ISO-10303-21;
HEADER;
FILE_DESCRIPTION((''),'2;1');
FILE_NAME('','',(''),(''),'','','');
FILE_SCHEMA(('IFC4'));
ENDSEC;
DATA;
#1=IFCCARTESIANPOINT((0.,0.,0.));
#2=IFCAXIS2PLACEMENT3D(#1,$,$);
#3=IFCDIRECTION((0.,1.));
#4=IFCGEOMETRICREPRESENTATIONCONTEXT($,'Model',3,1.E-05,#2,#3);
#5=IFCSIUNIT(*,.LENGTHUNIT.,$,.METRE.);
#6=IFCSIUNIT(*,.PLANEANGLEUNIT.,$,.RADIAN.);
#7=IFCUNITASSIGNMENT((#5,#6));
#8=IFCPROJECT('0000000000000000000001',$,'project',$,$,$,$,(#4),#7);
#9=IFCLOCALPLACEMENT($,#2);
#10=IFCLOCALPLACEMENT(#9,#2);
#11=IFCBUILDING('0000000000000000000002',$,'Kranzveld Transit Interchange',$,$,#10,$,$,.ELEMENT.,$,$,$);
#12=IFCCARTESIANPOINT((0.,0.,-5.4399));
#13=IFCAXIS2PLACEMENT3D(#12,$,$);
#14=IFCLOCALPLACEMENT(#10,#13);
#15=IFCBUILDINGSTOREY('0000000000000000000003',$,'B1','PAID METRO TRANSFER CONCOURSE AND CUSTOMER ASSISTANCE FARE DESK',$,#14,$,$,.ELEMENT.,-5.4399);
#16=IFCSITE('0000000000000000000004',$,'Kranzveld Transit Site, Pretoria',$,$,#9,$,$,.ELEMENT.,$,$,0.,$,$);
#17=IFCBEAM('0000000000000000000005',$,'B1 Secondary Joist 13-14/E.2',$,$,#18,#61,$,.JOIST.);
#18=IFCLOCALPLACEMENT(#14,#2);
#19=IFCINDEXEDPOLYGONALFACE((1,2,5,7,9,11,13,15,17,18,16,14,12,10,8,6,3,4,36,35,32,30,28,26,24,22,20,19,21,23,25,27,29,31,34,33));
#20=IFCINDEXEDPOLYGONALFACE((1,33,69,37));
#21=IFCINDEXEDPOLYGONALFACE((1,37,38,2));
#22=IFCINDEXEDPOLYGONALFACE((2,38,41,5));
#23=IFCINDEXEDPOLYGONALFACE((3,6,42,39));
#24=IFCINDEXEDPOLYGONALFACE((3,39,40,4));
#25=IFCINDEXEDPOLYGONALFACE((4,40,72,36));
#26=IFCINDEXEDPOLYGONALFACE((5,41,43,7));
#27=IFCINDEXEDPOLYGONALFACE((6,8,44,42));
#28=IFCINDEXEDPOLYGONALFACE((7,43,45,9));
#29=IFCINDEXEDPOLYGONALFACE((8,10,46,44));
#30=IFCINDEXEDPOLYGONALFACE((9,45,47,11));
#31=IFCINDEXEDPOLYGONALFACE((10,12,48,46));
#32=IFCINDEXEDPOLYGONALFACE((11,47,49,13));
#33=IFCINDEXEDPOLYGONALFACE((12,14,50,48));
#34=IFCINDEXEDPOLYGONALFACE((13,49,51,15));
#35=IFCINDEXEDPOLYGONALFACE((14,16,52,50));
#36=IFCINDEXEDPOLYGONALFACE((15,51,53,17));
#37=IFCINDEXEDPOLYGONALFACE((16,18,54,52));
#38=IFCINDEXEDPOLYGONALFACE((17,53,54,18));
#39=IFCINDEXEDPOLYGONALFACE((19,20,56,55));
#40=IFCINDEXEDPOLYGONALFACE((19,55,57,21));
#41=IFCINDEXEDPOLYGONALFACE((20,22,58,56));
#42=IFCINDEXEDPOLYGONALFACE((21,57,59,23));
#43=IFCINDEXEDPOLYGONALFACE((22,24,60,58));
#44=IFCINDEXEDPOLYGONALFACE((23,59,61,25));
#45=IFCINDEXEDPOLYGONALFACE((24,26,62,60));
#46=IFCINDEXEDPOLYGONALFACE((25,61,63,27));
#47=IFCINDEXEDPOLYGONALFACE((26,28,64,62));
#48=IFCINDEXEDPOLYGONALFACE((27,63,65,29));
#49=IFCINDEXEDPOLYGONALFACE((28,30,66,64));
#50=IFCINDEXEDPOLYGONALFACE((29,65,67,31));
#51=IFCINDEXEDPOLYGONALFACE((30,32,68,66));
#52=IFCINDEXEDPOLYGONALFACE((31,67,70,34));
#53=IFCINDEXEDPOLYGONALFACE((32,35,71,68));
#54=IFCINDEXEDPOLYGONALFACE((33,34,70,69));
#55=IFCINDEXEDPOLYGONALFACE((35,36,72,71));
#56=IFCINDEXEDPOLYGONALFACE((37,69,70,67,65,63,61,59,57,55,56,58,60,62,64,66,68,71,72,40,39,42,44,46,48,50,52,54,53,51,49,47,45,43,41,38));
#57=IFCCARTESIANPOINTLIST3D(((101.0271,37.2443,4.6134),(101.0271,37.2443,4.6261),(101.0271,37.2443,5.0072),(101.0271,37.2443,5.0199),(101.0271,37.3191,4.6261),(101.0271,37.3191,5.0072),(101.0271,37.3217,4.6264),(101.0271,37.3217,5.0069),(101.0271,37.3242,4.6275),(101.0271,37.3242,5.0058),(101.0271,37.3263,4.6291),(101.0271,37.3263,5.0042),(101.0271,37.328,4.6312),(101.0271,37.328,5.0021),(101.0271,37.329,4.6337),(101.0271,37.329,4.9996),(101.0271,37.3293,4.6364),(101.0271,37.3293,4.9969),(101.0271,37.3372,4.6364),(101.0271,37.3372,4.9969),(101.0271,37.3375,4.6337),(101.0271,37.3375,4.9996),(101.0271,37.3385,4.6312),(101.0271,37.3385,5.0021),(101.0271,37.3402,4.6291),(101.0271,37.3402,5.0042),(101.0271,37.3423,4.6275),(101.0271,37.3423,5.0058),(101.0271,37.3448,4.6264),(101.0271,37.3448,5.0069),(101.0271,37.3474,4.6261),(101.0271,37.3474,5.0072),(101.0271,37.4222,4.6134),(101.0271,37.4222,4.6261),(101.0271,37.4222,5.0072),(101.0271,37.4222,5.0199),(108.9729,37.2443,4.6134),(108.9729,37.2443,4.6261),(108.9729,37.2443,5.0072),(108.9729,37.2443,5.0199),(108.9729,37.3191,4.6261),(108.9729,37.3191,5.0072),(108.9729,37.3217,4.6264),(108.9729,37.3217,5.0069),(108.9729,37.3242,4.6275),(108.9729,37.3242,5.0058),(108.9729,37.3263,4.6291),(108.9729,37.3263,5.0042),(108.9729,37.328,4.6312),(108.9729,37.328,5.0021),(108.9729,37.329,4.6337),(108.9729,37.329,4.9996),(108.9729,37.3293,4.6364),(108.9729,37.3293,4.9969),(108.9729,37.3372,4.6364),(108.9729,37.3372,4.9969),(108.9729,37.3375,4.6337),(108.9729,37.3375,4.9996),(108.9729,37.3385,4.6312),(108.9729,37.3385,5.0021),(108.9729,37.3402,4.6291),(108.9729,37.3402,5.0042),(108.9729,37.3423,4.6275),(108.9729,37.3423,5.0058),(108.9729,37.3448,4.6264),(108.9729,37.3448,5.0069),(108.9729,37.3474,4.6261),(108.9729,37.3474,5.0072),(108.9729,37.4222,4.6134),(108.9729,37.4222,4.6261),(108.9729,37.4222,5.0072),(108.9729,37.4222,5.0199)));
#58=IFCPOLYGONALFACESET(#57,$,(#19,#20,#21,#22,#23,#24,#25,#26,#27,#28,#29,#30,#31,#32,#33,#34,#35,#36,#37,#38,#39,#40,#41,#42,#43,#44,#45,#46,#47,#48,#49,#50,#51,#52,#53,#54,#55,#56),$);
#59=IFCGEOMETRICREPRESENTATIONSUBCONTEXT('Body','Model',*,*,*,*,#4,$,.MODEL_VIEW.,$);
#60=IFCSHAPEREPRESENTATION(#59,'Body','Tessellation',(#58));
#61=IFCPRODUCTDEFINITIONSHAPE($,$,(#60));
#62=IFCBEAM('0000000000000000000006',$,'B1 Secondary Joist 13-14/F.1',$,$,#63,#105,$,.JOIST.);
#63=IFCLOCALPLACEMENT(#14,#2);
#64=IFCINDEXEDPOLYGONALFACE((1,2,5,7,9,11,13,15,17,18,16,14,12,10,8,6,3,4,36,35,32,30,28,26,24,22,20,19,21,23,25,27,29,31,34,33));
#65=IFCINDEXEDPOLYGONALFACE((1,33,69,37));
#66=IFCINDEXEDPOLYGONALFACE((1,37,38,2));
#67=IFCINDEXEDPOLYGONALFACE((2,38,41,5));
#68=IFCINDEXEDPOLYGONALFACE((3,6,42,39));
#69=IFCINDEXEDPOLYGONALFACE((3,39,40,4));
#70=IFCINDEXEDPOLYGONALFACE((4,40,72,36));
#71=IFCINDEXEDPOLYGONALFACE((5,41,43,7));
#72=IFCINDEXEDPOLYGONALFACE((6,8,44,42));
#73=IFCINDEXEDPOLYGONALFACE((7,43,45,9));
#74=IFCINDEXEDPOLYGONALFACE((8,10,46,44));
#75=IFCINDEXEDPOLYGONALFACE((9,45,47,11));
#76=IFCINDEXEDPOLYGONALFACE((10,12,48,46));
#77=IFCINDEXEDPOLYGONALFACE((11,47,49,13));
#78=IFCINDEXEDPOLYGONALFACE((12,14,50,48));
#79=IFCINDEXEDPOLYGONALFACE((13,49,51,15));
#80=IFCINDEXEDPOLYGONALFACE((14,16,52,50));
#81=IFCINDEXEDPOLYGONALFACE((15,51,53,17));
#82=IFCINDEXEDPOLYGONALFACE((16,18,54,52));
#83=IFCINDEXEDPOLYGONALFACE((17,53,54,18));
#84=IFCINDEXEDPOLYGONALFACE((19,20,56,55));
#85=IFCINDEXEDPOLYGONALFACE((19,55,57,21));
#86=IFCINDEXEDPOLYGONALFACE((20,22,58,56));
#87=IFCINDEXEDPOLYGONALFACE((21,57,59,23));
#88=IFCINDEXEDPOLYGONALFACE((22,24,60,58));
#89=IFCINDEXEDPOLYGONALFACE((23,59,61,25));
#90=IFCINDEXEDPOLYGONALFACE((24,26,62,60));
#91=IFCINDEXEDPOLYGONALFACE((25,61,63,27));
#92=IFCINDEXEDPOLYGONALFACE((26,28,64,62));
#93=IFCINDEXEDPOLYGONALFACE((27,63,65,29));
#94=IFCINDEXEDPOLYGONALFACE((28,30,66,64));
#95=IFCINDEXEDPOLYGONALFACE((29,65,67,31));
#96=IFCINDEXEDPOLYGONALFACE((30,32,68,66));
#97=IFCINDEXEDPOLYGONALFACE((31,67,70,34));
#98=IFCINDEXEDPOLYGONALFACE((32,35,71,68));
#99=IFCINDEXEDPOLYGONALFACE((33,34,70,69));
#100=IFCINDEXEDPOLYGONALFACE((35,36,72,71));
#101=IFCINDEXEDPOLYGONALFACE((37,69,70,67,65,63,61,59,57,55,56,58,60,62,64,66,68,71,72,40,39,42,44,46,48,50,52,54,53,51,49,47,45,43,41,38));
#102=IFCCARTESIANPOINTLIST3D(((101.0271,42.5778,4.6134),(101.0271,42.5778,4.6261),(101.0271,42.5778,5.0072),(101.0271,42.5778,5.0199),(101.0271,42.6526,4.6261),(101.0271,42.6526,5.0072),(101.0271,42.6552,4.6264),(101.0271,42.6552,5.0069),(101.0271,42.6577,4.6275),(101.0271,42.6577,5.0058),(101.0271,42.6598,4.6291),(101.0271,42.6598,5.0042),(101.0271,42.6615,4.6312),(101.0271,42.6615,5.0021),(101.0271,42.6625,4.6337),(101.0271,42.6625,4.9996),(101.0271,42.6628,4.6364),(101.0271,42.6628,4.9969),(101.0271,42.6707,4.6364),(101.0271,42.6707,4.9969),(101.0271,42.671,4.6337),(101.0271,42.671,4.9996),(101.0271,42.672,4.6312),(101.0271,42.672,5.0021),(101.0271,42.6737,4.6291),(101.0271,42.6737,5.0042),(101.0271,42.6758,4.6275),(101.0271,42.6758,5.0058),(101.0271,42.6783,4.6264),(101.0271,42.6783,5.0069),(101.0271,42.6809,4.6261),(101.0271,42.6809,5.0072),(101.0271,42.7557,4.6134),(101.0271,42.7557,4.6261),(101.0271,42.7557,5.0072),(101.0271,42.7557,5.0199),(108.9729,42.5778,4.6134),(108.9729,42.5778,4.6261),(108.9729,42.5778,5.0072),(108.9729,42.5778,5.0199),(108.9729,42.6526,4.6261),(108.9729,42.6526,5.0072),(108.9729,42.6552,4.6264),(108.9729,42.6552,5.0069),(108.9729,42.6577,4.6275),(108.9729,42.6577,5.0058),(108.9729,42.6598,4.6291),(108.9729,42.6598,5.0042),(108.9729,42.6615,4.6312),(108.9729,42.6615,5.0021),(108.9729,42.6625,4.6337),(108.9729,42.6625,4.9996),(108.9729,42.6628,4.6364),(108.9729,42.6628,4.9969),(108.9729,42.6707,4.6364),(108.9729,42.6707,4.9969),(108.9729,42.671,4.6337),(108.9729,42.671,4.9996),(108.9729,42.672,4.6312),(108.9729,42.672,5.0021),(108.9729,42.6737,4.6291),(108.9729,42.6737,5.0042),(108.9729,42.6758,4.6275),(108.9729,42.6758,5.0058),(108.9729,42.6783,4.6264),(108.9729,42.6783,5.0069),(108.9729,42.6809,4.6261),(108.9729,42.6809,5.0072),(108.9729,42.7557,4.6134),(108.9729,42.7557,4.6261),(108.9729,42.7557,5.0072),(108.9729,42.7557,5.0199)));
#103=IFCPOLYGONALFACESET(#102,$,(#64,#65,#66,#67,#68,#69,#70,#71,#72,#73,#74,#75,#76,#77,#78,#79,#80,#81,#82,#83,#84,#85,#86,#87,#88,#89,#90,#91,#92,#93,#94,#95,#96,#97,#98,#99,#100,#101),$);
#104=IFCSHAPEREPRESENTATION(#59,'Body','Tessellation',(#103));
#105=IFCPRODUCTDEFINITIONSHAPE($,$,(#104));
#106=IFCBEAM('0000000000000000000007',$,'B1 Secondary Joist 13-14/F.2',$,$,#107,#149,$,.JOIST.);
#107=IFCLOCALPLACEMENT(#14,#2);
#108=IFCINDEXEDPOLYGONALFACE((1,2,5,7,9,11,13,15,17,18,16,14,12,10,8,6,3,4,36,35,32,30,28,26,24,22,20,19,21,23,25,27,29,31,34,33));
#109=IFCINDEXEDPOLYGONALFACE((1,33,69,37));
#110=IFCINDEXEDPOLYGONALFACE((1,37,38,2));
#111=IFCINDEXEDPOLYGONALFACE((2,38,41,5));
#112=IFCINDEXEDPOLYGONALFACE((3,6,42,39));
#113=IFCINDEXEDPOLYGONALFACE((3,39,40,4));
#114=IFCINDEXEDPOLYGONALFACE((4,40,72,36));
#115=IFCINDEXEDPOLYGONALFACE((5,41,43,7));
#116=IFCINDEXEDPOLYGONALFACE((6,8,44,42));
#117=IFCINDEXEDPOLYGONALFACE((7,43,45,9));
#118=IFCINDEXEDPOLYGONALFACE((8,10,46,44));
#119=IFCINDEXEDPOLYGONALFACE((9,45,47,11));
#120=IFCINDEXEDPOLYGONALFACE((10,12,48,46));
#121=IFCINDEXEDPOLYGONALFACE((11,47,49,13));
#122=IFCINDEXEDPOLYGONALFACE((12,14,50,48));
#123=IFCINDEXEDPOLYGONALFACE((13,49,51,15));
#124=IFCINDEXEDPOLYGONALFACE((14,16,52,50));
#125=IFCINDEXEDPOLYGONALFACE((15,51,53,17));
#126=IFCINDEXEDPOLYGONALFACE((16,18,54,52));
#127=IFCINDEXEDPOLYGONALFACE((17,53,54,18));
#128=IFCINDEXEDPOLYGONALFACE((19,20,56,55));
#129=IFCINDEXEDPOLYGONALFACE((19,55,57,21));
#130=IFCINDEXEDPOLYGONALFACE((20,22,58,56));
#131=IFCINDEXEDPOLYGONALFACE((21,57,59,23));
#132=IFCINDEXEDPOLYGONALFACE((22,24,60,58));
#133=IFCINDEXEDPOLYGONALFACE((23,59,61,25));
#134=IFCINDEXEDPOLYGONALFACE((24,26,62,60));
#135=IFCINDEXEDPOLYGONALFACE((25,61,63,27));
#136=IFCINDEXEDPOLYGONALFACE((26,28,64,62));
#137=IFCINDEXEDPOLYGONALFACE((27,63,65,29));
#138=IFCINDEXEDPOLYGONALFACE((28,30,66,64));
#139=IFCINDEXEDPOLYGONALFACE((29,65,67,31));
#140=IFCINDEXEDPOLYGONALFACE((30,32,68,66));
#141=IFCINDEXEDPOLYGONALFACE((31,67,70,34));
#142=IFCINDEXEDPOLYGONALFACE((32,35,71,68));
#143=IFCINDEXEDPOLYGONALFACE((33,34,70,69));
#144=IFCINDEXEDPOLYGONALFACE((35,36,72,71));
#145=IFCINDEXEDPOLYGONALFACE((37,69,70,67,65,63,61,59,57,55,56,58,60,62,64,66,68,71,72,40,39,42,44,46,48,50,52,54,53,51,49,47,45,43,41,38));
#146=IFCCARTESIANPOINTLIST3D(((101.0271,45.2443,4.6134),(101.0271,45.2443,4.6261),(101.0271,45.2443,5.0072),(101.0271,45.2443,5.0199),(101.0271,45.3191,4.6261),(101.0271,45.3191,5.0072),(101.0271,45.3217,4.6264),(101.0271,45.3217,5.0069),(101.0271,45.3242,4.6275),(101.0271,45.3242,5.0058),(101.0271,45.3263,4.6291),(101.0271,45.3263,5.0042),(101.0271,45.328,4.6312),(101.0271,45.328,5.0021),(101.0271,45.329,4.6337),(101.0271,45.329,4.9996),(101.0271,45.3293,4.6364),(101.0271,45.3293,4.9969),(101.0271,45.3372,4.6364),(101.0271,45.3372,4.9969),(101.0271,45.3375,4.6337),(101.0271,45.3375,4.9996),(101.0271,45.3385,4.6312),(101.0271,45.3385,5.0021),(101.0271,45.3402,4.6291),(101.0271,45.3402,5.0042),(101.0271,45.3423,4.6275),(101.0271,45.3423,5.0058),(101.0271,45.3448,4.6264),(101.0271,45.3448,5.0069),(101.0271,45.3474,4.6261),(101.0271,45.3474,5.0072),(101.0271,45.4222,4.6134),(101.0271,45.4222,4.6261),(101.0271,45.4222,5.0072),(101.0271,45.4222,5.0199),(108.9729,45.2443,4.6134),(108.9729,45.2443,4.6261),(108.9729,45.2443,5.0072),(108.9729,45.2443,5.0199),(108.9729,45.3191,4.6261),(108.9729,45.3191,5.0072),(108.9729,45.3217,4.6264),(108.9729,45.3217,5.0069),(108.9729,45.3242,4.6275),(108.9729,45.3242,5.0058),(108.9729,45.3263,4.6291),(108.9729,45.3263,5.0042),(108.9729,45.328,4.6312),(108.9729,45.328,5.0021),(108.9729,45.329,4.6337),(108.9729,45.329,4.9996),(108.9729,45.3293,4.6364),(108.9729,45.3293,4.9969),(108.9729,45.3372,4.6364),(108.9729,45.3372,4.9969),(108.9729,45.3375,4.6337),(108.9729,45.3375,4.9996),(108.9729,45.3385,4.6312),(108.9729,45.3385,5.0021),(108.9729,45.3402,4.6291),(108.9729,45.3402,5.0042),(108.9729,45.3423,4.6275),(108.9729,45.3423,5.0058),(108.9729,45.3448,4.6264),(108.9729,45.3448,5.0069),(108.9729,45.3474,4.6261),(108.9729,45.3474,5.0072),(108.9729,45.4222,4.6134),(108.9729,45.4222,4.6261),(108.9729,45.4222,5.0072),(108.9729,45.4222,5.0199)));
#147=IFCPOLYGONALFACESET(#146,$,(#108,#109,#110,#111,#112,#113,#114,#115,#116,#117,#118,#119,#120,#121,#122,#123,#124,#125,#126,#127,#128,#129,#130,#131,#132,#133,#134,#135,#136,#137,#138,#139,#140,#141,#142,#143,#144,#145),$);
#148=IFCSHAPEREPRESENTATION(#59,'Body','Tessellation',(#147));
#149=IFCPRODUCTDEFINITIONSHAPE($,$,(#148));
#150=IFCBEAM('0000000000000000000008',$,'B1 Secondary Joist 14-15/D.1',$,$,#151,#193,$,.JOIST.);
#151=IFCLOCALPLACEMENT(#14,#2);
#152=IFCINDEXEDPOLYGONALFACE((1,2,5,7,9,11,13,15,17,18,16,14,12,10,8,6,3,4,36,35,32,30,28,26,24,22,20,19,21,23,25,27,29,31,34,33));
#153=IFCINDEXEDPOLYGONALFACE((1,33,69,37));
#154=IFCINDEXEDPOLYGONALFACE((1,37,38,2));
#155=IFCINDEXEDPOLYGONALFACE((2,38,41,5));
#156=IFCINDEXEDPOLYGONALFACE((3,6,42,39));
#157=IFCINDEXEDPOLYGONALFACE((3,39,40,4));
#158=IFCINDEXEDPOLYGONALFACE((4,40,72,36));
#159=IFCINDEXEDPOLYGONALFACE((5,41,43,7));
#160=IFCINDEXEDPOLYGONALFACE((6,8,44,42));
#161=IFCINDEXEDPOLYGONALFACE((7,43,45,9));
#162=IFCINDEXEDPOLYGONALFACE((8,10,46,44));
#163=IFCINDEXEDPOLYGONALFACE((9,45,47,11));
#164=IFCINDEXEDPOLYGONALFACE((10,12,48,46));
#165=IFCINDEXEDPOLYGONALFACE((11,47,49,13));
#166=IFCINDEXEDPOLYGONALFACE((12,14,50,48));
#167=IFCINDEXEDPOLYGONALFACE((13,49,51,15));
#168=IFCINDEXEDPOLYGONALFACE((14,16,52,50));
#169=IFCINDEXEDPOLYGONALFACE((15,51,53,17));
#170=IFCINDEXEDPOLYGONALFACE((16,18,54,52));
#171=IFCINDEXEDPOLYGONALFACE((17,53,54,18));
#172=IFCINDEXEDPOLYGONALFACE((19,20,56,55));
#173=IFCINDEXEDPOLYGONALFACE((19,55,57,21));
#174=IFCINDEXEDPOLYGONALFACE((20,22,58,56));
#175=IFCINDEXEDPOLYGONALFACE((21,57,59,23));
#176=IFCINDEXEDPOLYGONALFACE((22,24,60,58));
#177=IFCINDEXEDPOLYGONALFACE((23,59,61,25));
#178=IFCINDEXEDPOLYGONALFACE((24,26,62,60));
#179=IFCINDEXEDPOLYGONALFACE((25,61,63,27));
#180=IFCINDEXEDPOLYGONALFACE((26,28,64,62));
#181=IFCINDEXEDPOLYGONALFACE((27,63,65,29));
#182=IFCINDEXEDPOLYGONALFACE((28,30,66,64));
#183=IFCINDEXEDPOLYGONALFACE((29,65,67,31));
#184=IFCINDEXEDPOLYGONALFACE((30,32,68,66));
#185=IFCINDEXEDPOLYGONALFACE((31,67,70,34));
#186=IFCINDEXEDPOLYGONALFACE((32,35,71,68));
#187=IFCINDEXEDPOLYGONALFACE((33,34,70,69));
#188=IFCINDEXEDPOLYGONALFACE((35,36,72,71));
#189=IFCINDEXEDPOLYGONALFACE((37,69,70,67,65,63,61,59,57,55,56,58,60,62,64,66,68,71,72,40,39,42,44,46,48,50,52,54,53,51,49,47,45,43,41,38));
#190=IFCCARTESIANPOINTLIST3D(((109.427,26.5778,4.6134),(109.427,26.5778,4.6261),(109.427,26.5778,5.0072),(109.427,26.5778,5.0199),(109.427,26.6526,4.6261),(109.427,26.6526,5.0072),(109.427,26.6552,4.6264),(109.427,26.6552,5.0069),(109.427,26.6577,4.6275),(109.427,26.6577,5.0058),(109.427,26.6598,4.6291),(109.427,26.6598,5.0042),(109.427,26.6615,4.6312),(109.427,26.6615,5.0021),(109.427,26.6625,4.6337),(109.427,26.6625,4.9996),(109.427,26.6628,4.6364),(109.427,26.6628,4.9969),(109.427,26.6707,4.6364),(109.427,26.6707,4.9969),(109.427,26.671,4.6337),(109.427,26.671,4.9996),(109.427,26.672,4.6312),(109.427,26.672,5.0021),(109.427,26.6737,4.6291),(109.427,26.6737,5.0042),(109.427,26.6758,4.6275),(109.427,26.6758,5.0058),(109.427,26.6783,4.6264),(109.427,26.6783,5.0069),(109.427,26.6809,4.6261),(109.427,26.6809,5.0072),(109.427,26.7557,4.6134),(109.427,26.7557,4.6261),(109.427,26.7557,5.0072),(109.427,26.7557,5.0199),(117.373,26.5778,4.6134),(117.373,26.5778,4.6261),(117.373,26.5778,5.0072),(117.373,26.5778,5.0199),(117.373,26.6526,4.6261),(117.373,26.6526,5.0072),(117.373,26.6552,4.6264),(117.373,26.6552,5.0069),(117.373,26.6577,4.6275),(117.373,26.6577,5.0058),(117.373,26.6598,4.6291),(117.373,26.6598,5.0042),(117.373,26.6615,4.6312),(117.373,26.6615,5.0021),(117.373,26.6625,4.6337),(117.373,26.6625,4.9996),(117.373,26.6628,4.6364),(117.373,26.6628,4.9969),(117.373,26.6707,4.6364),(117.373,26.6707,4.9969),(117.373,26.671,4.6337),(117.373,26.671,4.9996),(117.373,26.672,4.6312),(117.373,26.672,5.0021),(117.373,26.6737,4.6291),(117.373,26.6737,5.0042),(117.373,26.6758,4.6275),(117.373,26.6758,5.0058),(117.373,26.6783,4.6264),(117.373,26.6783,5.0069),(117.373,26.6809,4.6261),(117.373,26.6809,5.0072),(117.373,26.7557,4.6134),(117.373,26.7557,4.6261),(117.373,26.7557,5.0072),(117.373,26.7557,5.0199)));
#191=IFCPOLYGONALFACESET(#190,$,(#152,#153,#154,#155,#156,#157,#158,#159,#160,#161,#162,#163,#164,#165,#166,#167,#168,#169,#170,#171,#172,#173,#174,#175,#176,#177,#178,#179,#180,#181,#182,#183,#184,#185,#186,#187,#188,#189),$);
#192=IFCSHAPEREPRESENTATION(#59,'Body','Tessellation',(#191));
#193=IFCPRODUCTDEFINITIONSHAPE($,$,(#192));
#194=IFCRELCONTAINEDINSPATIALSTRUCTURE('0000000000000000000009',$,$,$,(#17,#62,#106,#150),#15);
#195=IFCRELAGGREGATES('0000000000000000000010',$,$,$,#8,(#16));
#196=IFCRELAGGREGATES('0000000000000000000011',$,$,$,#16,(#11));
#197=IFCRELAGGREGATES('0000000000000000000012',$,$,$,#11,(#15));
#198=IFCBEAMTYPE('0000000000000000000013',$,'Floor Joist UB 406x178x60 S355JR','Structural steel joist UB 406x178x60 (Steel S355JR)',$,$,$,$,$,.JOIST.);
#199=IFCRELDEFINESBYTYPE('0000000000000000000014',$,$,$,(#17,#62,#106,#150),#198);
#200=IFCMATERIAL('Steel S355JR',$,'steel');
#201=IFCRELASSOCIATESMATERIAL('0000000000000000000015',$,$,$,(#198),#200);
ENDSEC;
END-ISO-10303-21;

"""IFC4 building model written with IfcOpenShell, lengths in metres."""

from ifc_helpers import new_model, si_unit, direction, frame, origin, origin_2d, place, context, subcontext, project, spatial, i_section, extrude, material, material_profile, profile_set, type_object, element, save


model = new_model("IFC4")

# Units and contexts
model_context = context("Model", 3, precision=1e-05, world=origin(), true_north=direction((0.0, 1.0)))
body_context = subcontext(model_context, "Body", "Model", "MODEL_VIEW")
ifc_project = project(units=[si_unit("LENGTHUNIT", "METRE"), si_unit("PLANEANGLEUNIT", "RADIAN")], contexts=[model_context])

# Site, building, storey
site_placement = place(None, origin())
site = spatial("IfcSite", under=ifc_project, at=site_placement, Name="Kranzveld Transit Site, Pretoria", CompositionType="ELEMENT", RefElevation=0.0)
building_placement = place(site_placement, origin())
building = spatial("IfcBuilding", under=site, at=building_placement, Name="Kranzveld Transit Interchange", CompositionType="ELEMENT")
storey_placement = place(building_placement, frame((0.0, 0.0, -5.4399)))
storey = spatial("IfcBuildingStorey", under=building, at=storey_placement, Name="B1", Description="PAID METRO TRANSFER CONCOURSE AND CUSTOMER ASSISTANCE FARE DESK", CompositionType="ELEMENT", Elevation=-5.4399)

# Beams
ifc_material_1 = material(Name="Steel S355JR", Category="steel")
ifc_material_profile_1 = material_profile(ifc_material_1, i_section(OverallWidth=0.178, OverallDepth=0.4065, WebThickness=0.0078, FlangeThickness=0.0127, FilletRadius=0.0103, at=origin_2d()), Name="UB 406x178x60")
ifc_profile_set_1 = profile_set([ifc_material_profile_1], Name="Steel S355JR")
beam_type_1 = type_object("IfcBeamType", Name="Floor Joist UB 406x178x60 S355JR", Description="Structural steel joist UB 406x178x60 (Steel S355JR)", PredefinedType="JOIST", material=ifc_profile_set_1)
for number, where, z_axis, x_axis, name in (
    (1, (101.0271, 37.3333, 4.8167), (1.0, 0.0, 0.0), (0.0, 1.0, 0.0), "B1 Secondary Joist 13-14/E.2"),
    (2, (101.0271, 42.6667, 4.8167), (1.0, 0.0, 0.0), (0.0, 1.0, 0.0), "B1 Secondary Joist 13-14/F.1"),
    (3, (101.0271, 45.3333, 4.8167), (1.0, 0.0, 0.0), (0.0, 1.0, 0.0), "B1 Secondary Joist 13-14/F.2"),
):
    element("IfcBeam", number, at=place(storey_placement, frame(where, z_axis=z_axis, x_axis=x_axis)), inside=storey, type_object=beam_type_1, Name=name, PredefinedType="JOIST", context=body_context, shape_type="SweptSolid", body=[
        extrude(i_section(OverallWidth=0.178, OverallDepth=0.4065, WebThickness=0.0078, FlangeThickness=0.0127, FilletRadius=0.0103, at=origin_2d()), origin(), (0.0, 0.0, 1.0), 7.9458),
    ])
for number, where, z_axis, x_axis, name in (
    (4, (109.427, 26.6667, 4.8167), (1.0, 0.0, 0.0), (0.0, 1.0, 0.0), "B1 Secondary Joist 14-15/D.1"),
):
    element("IfcBeam", number, at=place(storey_placement, frame(where, z_axis=z_axis, x_axis=x_axis)), inside=storey, type_object=beam_type_1, Name=name, PredefinedType="JOIST", context=body_context, shape_type="SweptSolid", body=[
        extrude(i_section(OverallWidth=0.178, OverallDepth=0.4065, WebThickness=0.0078, FlangeThickness=0.0127, FilletRadius=0.0103, at=origin_2d()), origin(), (0.0, 0.0, 1.0), 7.946),
    ])

save(model, "model.ifc")
